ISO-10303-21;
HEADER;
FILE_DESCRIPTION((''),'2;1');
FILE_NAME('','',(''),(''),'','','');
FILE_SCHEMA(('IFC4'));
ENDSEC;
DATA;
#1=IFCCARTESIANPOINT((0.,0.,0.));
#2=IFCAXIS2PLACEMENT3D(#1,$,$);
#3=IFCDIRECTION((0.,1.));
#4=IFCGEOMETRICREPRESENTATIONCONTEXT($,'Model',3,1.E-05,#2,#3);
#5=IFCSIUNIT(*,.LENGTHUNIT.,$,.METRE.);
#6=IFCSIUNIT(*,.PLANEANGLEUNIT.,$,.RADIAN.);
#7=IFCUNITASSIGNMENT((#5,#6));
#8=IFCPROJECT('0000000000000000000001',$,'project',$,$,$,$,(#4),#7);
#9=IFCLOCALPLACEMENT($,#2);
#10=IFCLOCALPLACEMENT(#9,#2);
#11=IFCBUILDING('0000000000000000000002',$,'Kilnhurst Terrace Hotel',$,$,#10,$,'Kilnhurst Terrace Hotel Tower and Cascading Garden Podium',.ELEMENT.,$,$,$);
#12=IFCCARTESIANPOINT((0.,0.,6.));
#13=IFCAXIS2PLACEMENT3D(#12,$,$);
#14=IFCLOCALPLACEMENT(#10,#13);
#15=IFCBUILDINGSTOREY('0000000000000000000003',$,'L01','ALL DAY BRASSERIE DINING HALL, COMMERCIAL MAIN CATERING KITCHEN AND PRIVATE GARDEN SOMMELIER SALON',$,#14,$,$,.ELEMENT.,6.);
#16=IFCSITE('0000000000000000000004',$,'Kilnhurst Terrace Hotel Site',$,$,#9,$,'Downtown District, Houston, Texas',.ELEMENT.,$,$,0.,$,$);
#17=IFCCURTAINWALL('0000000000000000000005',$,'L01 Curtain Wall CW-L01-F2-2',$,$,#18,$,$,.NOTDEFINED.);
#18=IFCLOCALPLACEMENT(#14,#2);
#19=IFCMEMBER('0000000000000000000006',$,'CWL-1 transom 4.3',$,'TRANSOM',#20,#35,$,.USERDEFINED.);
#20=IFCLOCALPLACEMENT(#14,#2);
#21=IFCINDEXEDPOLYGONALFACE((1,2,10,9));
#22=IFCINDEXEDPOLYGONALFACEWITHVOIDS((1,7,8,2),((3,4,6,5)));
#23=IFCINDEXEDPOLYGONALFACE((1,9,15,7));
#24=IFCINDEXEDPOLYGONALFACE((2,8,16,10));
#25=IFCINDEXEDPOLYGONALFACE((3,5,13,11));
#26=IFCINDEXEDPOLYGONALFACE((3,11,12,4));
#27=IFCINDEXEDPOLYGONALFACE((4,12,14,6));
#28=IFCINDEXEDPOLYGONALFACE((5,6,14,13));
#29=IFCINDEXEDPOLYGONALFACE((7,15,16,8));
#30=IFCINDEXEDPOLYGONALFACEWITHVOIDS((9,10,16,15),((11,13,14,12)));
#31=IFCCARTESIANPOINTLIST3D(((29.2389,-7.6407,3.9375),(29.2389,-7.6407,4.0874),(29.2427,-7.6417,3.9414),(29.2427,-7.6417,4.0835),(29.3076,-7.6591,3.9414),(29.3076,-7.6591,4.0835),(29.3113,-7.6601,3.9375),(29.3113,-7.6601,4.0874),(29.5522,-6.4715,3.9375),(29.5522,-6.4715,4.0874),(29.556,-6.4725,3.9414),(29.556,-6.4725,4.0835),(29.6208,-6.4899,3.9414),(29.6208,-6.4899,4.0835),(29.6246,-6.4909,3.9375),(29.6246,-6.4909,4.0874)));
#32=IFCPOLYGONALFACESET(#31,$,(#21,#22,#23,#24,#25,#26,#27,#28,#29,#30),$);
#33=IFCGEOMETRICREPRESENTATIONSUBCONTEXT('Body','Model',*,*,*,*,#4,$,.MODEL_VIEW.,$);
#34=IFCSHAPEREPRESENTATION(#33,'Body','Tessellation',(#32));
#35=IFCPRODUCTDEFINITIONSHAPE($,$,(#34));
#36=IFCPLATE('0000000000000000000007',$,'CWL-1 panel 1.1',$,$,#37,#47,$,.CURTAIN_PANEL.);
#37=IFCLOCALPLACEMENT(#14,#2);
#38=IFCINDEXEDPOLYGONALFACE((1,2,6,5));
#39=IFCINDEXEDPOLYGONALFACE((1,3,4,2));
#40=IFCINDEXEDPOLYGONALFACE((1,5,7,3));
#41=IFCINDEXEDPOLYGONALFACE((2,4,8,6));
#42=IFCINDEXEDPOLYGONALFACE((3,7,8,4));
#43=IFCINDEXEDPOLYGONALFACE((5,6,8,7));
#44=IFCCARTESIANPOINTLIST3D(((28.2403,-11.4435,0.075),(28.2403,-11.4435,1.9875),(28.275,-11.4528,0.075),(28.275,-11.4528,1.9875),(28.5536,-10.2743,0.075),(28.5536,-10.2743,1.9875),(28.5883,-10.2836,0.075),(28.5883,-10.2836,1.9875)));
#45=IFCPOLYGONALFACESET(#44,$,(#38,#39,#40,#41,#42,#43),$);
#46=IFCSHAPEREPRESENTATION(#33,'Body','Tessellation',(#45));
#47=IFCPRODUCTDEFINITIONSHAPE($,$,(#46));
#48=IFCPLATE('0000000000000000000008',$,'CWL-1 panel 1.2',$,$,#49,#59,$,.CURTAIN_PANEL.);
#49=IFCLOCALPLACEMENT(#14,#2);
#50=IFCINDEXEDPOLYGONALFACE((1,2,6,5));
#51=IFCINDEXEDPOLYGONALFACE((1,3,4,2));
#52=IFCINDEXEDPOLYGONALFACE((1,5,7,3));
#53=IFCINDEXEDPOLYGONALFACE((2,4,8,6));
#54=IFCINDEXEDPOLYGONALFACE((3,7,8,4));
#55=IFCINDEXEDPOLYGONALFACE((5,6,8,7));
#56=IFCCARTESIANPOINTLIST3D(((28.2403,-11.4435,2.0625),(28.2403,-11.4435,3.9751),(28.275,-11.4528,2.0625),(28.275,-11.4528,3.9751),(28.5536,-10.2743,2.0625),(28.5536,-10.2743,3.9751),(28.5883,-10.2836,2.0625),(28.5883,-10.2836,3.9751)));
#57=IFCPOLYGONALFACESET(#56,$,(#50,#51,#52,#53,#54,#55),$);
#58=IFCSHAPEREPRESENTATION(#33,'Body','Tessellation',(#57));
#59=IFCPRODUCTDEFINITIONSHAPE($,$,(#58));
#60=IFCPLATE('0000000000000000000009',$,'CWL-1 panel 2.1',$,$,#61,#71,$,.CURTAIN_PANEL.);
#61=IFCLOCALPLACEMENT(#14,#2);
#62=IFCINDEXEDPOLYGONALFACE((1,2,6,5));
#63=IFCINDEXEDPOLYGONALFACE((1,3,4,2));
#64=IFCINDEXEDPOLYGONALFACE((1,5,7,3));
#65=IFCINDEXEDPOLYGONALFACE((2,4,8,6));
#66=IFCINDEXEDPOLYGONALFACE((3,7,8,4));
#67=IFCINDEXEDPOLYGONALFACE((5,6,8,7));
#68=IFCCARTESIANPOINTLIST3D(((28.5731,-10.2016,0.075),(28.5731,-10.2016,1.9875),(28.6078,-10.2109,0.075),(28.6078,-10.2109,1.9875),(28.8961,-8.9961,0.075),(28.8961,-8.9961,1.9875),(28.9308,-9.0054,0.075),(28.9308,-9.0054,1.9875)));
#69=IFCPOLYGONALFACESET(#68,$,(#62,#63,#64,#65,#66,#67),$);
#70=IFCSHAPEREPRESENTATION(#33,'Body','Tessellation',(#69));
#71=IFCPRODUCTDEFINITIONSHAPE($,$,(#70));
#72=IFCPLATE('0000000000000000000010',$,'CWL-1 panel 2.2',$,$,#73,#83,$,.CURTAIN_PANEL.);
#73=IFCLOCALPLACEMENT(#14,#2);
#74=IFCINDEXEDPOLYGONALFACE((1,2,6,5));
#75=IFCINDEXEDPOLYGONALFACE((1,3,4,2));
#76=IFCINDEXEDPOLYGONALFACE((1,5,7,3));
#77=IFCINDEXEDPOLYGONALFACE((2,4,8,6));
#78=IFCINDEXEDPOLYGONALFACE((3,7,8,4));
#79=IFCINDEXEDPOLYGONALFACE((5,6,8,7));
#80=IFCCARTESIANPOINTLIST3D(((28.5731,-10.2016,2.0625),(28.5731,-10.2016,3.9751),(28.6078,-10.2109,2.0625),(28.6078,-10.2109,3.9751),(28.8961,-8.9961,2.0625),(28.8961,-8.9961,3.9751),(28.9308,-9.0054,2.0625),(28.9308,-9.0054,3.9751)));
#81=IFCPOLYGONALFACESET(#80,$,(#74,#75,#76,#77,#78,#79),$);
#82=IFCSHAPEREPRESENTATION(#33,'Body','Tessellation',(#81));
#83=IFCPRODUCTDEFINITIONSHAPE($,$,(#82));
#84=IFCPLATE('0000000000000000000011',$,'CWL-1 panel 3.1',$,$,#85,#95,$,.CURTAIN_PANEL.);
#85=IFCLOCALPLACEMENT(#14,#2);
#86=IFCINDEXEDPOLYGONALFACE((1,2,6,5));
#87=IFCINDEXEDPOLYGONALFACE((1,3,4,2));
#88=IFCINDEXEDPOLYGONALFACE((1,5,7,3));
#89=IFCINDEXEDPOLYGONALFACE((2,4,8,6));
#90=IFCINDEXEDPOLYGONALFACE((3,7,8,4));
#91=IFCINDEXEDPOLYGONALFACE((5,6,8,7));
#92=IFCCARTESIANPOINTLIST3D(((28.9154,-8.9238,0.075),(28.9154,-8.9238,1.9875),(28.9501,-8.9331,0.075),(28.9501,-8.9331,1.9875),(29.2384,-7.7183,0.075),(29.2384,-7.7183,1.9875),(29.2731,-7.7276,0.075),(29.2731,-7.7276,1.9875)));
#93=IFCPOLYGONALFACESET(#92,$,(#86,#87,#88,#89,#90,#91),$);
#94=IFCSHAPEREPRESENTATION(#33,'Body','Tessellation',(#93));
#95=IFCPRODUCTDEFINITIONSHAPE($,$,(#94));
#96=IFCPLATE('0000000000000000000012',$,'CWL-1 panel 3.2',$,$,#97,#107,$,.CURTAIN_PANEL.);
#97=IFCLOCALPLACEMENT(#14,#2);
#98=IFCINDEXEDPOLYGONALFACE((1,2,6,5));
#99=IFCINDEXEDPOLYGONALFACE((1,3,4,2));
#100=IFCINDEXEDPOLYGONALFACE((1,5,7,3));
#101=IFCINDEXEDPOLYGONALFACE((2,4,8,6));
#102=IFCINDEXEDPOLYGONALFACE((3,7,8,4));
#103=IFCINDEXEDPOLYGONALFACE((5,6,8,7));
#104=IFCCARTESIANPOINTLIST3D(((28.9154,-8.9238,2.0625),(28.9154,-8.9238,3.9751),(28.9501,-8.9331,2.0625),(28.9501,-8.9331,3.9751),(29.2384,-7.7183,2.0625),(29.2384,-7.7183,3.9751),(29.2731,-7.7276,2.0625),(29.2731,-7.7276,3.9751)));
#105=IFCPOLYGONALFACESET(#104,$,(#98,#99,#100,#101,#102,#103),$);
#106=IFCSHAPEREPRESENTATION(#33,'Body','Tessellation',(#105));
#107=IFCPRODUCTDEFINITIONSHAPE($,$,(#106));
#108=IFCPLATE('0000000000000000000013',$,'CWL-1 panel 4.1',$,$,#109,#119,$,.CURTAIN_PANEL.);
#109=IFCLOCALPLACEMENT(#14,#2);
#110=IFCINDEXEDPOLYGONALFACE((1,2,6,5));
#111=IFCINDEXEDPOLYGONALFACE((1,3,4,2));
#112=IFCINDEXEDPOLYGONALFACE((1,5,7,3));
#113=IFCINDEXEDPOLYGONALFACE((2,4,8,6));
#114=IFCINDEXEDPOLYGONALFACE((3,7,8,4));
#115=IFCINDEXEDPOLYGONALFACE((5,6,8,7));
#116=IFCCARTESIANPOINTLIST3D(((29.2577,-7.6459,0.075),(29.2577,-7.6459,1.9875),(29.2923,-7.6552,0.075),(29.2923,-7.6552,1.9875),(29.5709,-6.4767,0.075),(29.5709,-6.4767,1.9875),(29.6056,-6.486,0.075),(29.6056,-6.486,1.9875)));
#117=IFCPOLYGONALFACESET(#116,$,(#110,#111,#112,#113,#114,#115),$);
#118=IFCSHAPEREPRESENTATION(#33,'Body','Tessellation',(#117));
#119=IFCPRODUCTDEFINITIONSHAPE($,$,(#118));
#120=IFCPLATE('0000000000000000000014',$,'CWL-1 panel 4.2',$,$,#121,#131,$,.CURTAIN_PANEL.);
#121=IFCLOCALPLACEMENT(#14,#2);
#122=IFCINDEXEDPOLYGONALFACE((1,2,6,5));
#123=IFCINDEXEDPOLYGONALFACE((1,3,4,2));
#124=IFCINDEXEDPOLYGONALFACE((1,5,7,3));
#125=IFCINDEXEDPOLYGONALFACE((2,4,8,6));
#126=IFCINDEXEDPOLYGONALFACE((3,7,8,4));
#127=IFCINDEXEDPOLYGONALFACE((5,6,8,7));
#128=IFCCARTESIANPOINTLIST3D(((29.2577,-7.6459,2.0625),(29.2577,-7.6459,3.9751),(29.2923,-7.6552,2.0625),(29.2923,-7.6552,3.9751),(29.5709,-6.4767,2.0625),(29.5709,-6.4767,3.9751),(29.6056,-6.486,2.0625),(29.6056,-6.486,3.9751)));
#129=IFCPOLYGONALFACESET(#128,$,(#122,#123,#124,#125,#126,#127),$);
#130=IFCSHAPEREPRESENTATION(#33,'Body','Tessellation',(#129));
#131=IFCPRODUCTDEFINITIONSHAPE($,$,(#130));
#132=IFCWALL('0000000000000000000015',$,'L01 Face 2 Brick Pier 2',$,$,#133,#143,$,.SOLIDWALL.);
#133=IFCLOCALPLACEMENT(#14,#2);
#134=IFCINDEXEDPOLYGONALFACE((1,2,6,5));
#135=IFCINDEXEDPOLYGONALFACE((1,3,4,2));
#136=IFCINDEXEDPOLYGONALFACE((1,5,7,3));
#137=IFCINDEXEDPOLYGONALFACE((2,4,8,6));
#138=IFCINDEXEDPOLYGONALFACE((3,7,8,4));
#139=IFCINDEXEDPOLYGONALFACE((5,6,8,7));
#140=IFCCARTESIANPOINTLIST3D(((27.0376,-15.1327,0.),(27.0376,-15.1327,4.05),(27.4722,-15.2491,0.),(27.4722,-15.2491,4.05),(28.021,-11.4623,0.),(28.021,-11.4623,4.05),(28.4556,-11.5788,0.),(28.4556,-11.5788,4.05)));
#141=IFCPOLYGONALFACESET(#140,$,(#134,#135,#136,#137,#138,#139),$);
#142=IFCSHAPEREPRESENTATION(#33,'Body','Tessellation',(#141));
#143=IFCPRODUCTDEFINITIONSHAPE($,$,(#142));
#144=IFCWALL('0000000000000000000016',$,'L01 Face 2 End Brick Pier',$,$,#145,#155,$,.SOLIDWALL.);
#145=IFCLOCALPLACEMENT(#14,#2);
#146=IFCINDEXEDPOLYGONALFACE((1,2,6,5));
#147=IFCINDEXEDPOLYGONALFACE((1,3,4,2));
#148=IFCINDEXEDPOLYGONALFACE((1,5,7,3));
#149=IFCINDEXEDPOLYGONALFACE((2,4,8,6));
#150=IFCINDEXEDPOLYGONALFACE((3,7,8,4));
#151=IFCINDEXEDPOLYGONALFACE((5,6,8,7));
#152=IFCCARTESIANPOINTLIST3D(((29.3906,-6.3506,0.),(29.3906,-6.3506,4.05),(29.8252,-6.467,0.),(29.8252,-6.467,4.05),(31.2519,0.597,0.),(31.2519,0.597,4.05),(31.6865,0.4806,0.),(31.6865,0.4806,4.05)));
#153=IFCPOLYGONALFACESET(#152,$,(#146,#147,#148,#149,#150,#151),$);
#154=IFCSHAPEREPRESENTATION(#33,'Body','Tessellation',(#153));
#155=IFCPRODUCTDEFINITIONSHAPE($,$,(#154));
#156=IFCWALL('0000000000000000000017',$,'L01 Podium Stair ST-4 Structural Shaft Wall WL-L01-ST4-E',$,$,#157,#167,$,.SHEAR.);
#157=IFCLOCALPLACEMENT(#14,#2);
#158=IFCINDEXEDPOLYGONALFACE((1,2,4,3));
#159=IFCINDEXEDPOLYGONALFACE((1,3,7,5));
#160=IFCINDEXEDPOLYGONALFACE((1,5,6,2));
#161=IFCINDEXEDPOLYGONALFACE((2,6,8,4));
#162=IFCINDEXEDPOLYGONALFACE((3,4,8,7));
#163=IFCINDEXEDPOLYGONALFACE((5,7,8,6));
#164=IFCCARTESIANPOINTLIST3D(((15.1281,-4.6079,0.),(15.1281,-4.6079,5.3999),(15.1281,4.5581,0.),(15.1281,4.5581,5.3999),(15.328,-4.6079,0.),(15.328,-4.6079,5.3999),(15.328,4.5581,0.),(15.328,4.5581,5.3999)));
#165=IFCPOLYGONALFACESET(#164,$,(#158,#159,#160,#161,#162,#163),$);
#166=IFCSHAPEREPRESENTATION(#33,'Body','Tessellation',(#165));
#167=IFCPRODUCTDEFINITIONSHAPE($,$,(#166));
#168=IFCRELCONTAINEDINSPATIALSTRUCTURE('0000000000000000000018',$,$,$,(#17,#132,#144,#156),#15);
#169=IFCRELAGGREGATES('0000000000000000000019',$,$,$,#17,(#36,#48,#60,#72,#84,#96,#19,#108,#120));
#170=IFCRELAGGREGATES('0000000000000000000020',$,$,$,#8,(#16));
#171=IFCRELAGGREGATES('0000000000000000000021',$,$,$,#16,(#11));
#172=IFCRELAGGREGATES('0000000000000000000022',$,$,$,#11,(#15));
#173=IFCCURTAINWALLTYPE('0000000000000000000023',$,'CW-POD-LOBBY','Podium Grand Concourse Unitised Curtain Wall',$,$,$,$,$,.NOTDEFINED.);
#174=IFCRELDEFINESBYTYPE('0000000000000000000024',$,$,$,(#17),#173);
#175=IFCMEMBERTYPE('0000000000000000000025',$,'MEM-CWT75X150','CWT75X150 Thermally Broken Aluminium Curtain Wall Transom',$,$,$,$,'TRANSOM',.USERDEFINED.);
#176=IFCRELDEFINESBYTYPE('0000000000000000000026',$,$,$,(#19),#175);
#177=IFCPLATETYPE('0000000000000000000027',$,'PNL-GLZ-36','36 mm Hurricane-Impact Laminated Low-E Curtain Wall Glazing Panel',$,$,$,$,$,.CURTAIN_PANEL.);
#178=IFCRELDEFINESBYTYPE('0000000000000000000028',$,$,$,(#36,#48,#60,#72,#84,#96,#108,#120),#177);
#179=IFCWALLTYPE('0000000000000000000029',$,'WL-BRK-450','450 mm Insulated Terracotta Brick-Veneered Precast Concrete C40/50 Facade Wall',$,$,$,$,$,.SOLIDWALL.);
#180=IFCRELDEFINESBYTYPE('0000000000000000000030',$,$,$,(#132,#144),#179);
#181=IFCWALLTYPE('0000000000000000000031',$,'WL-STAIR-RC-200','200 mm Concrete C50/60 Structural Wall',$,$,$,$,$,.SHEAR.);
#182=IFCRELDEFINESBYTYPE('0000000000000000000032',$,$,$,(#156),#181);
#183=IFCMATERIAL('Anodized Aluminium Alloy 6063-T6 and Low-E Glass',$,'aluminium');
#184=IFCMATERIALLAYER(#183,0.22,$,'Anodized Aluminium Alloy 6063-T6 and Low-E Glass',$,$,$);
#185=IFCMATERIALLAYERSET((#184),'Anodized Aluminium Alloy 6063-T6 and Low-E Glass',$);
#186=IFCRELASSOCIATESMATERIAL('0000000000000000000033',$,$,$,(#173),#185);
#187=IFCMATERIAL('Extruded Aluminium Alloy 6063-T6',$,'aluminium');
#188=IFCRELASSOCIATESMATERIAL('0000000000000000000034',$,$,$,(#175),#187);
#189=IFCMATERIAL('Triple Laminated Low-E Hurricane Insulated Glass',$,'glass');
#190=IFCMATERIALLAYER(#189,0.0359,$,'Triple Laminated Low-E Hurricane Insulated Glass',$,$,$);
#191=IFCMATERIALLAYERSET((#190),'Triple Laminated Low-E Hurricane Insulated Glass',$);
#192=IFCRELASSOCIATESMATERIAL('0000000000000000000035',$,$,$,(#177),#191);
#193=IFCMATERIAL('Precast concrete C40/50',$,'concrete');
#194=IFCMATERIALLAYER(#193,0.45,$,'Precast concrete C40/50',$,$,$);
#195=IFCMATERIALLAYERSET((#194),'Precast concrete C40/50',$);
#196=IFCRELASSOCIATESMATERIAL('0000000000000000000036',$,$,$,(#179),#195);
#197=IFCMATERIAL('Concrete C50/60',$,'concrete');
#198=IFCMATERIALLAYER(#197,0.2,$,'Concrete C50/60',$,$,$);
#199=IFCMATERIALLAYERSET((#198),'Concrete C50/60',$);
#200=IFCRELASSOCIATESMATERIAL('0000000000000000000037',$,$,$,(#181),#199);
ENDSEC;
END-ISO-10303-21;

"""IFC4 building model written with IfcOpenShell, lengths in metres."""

from ifc_helpers import new_model, si_unit, direction, frame, frame_2d, origin, origin_2d, place, context, subcontext, project, spatial, rectangle, hollow_rectangle, extrude, material, layer, layer_set, material_profile, profile_set, type_object, element, aggregate, save


model = new_model("IFC4")

# Units and contexts
model_context = context("Model", 3, precision=1e-05, world=origin(), true_north=direction((0.0, 1.0)))
body_context = subcontext(model_context, "Body", "Model", "MODEL_VIEW")
ifc_project = project(units=[si_unit("LENGTHUNIT", "METRE"), si_unit("PLANEANGLEUNIT", "RADIAN")], contexts=[model_context])

# Site, building, storey
site_placement = place(None, origin())
site = spatial("IfcSite", under=ifc_project, at=site_placement, Name="Kilnhurst Terrace Hotel Site", LongName="Downtown District, Houston, Texas", CompositionType="ELEMENT", RefElevation=0.0)
building_placement = place(site_placement, origin())
building = spatial("IfcBuilding", under=site, at=building_placement, Name="Kilnhurst Terrace Hotel", LongName="Kilnhurst Terrace Hotel Tower and Cascading Garden Podium", CompositionType="ELEMENT")
storey_placement = place(building_placement, frame((0.0, 0.0, 6.0)))
storey = spatial("IfcBuildingStorey", under=building, at=storey_placement, Name="L01", Description="ALL DAY BRASSERIE DINING HALL, COMMERCIAL MAIN CATERING KITCHEN AND PRIVATE GARDEN SOMMELIER SALON", CompositionType="ELEMENT", Elevation=6.0)

# Curtain wall, member, plates
ifc_material_1 = material(Name="Anodized Aluminium Alloy 6063-T6 and Low-E Glass", Category="aluminium")
ifc_layer_1 = layer(ifc_material_1, 0.22, Name="Anodized Aluminium Alloy 6063-T6 and Low-E Glass")
ifc_layer_set_1 = layer_set([ifc_layer_1], Name="Anodized Aluminium Alloy 6063-T6 and Low-E Glass")
curtain_wall_type = type_object("IfcCurtainWallType", Name="CW-POD-LOBBY", Description="Podium Grand Concourse Unitised Curtain Wall", PredefinedType="NOTDEFINED", material=ifc_layer_set_1)
curtain_wall_placement = place(storey_placement, origin())
curtain_wall = element("IfcCurtainWall", 1, at=curtain_wall_placement, inside=storey, type_object=curtain_wall_type, Name="L01 Curtain Wall CW-L01-F2-2", PredefinedType="NOTDEFINED")
ifc_material_2 = material(Name="Extruded Aluminium Alloy 6063-T6", Category="aluminium")
ifc_material_profile_1 = material_profile(ifc_material_2, hollow_rectangle(XDim=0.075, YDim=0.1499, WallThickness=0.0039, at=origin_2d()), Name="CWT75X150")
ifc_profile_set_1 = profile_set([ifc_material_profile_1], Name="Extruded Aluminium Alloy 6063-T6")
member_type_1 = type_object("IfcMemberType", Name="MEM-CWT75X150", Description="CWT75X150 Thermally Broken Aluminium Curtain Wall Transom", ElementType="TRANSOM", PredefinedType="USERDEFINED", material=ifc_profile_set_1)
member_1_placement = place(storey_placement, frame((29.2751, -7.6504, 4.0125), z_axis=(0.25878, 0.965936, 0.0), x_axis=(-0.965936, 0.25878, 0.0)))
member_1 = element("IfcMember", 2, at=member_1_placement, type_object=member_type_1, Name="CWL-1 transom 4.3", ObjectType="TRANSOM", PredefinedType="USERDEFINED", context=body_context, shape_type="SweptSolid", body=[
    extrude(hollow_rectangle(XDim=0.075, YDim=0.1499, WallThickness=0.0039, at=origin_2d()), origin(), (0.0, 0.0, 1.0), 1.2104),
])
ifc_material_3 = material(Name="Triple Laminated Low-E Hurricane Insulated Glass", Category="glass")
ifc_layer_2 = layer(ifc_material_3, 0.0359, Name="Triple Laminated Low-E Hurricane Insulated Glass")
ifc_layer_set_2 = layer_set([ifc_layer_2], Name="Triple Laminated Low-E Hurricane Insulated Glass")
plate_type = type_object("IfcPlateType", Name="PNL-GLZ-36", Description="36 mm Hurricane-Impact Laminated Low-E Curtain Wall Glazing Panel", PredefinedType="CURTAIN_PANEL", material=ifc_layer_set_2)
plate_1_placement = place(storey_placement, frame((28.4143, -10.8635, 0.075), z_axis=(0.0, 0.0, 1.0), x_axis=(0.258788, 0.965934, 0.0)))
plate_1 = element("IfcPlate", 3, at=plate_1_placement, type_object=plate_type, Name="CWL-1 panel 1.1", PredefinedType="CURTAIN_PANEL", context=body_context, shape_type="SweptSolid", body=[
    extrude(rectangle(XDim=1.2104, YDim=0.0359, at=origin_2d()), origin(), (0.0, 0.0, 1.0), 1.9126),
])
plate_2_placement = place(storey_placement, frame((28.4143, -10.8635, 2.0625), z_axis=(0.0, 0.0, 1.0), x_axis=(0.258788, 0.965934, 0.0)))
plate_2 = element("IfcPlate", 4, at=plate_2_placement, type_object=plate_type, Name="CWL-1 panel 1.2", PredefinedType="CURTAIN_PANEL", context=body_context, shape_type="SweptSolid", body=[
    extrude(rectangle(XDim=1.2104, YDim=0.0359, at=origin_2d()), origin(), (0.0, 0.0, 1.0), 1.9126),
])
plate_3_placement = place(storey_placement, frame((28.752, -9.6035, 0.075), z_axis=(0.0, 0.0, 1.0), x_axis=(0.258788, 0.965934, 0.0)))
plate_3 = element("IfcPlate", 5, at=plate_3_placement, type_object=plate_type, Name="CWL-1 panel 2.1", PredefinedType="CURTAIN_PANEL", context=body_context, shape_type="SweptSolid", body=[
    extrude(rectangle(XDim=1.248, YDim=0.0359, at=origin_2d()), origin(), (0.0, 0.0, 1.0), 1.9126),
])
plate_4_placement = place(storey_placement, frame((28.752, -9.6035, 2.0625), z_axis=(0.0, 0.0, 1.0), x_axis=(0.258788, 0.965934, 0.0)))
plate_4 = element("IfcPlate", 6, at=plate_4_placement, type_object=plate_type, Name="CWL-1 panel 2.2", PredefinedType="CURTAIN_PANEL", context=body_context, shape_type="SweptSolid", body=[
    extrude(rectangle(XDim=1.248, YDim=0.0359, at=origin_2d()), origin(), (0.0, 0.0, 1.0), 1.9126),
])
plate_5_placement = place(storey_placement, frame((29.0942, -8.3257, 0.075), z_axis=(0.0, 0.0, 1.0), x_axis=(0.258788, 0.965934, 0.0)))
plate_5 = element("IfcPlate", 7, at=plate_5_placement, type_object=plate_type, Name="CWL-1 panel 3.1", PredefinedType="CURTAIN_PANEL", context=body_context, shape_type="SweptSolid", body=[
    extrude(rectangle(XDim=1.248, YDim=0.0359, at=origin_2d()), origin(), (0.0, 0.0, 1.0), 1.9126),
])
plate_6_placement = place(storey_placement, frame((29.0942, -8.3257, 2.0625), z_axis=(0.0, 0.0, 1.0), x_axis=(0.258788, 0.965934, 0.0)))
plate_6 = element("IfcPlate", 8, at=plate_6_placement, type_object=plate_type, Name="CWL-1 panel 3.2", PredefinedType="CURTAIN_PANEL", context=body_context, shape_type="SweptSolid", body=[
    extrude(rectangle(XDim=1.248, YDim=0.0359, at=origin_2d()), origin(), (0.0, 0.0, 1.0), 1.9126),
])
plate_7_placement = place(storey_placement, frame((29.4316, -7.0659, 0.075), z_axis=(0.0, 0.0, 1.0), x_axis=(0.258788, 0.965934, 0.0)))
plate_7 = element("IfcPlate", 9, at=plate_7_placement, type_object=plate_type, Name="CWL-1 panel 4.1", PredefinedType="CURTAIN_PANEL", context=body_context, shape_type="SweptSolid", body=[
    extrude(rectangle(XDim=1.2104, YDim=0.0359, at=origin_2d()), origin(), (0.0, 0.0, 1.0), 1.9126),
])
plate_8_placement = place(storey_placement, frame((29.4316, -7.0659, 2.0625), z_axis=(0.0, 0.0, 1.0), x_axis=(0.258788, 0.965934, 0.0)))
plate_8 = element("IfcPlate", 10, at=plate_8_placement, type_object=plate_type, Name="CWL-1 panel 4.2", PredefinedType="CURTAIN_PANEL", context=body_context, shape_type="SweptSolid", body=[
    extrude(rectangle(XDim=1.2104, YDim=0.0359, at=origin_2d()), origin(), (0.0, 0.0, 1.0), 1.9126),
])
aggregate(curtain_wall, [plate_1, plate_2, plate_3, plate_4, plate_5, plate_6, member_1, plate_7, plate_8])

# Walls
ifc_material_4 = material(Name="Precast concrete C40/50", Category="concrete")
ifc_layer_3 = layer(ifc_material_4, 0.45, Name="Precast concrete C40/50")
ifc_layer_set_3 = layer_set([ifc_layer_3], Name="Precast concrete C40/50")
wall_type_1 = type_object("IfcWallType", Name="WL-BRK-450", Description="450 mm Insulated Terracotta Brick-Veneered Precast Concrete C40/50 Facade Wall", PredefinedType="SOLIDWALL", material=ifc_layer_set_3)
wall_1_placement = place(storey_placement, frame((27.2549, -15.1909, 0.0), z_axis=(0.0, 0.0, 1.0), x_axis=(0.258798, 0.965931, 0.0)))
element("IfcWall", 11, at=wall_1_placement, inside=storey, type_object=wall_type_1, Name="L01 Face 2 Brick Pier 2", PredefinedType="SOLIDWALL", context=body_context, shape_type="SweptSolid", body=[
    extrude(rectangle(XDim=3.7998, YDim=0.45, at=frame_2d((1.8999, 0.0))), origin(), (0.0, 0.0, 1.0), 4.05),
])
wall_2_placement = place(storey_placement, frame((29.6079, -6.4087, 0.0), z_axis=(0.0, 0.0, 1.0), x_axis=(0.258786, 0.965935, 0.0)))
element("IfcWall", 12, at=wall_2_placement, inside=storey, type_object=wall_type_1, Name="L01 Face 2 End Brick Pier", PredefinedType="SOLIDWALL", context=body_context, shape_type="SweptSolid", body=[
    extrude(rectangle(XDim=7.1926, YDim=0.45, at=frame_2d((3.5962, 0.0))), origin(), (0.0, 0.0, 1.0), 4.05),
])
ifc_material_5 = material(Name="Concrete C50/60", Category="concrete")
ifc_layer_4 = layer(ifc_material_5, 0.2, Name="Concrete C50/60")
ifc_layer_set_4 = layer_set([ifc_layer_4], Name="Concrete C50/60")
wall_type_2 = type_object("IfcWallType", Name="WL-STAIR-RC-200", Description="200 mm Concrete C50/60 Structural Wall", PredefinedType="SHEAR", material=ifc_layer_set_4)
wall_3_placement = place(storey_placement, frame((15.228, -4.6079, 0.0), z_axis=(0.0, 0.0, 1.0), x_axis=(0.0, 1.0, 0.0)))
element("IfcWall", 13, at=wall_3_placement, inside=storey, type_object=wall_type_2, Name="L01 Podium Stair ST-4 Structural Shaft Wall WL-L01-ST4-E", PredefinedType="SHEAR", context=body_context, shape_type="SweptSolid", body=[
    extrude(rectangle(XDim=9.166, YDim=0.2, at=frame_2d((4.583, 0.0))), origin(), (0.0, 0.0, 1.0), 5.3999),
])

save(model, "model.ifc")
